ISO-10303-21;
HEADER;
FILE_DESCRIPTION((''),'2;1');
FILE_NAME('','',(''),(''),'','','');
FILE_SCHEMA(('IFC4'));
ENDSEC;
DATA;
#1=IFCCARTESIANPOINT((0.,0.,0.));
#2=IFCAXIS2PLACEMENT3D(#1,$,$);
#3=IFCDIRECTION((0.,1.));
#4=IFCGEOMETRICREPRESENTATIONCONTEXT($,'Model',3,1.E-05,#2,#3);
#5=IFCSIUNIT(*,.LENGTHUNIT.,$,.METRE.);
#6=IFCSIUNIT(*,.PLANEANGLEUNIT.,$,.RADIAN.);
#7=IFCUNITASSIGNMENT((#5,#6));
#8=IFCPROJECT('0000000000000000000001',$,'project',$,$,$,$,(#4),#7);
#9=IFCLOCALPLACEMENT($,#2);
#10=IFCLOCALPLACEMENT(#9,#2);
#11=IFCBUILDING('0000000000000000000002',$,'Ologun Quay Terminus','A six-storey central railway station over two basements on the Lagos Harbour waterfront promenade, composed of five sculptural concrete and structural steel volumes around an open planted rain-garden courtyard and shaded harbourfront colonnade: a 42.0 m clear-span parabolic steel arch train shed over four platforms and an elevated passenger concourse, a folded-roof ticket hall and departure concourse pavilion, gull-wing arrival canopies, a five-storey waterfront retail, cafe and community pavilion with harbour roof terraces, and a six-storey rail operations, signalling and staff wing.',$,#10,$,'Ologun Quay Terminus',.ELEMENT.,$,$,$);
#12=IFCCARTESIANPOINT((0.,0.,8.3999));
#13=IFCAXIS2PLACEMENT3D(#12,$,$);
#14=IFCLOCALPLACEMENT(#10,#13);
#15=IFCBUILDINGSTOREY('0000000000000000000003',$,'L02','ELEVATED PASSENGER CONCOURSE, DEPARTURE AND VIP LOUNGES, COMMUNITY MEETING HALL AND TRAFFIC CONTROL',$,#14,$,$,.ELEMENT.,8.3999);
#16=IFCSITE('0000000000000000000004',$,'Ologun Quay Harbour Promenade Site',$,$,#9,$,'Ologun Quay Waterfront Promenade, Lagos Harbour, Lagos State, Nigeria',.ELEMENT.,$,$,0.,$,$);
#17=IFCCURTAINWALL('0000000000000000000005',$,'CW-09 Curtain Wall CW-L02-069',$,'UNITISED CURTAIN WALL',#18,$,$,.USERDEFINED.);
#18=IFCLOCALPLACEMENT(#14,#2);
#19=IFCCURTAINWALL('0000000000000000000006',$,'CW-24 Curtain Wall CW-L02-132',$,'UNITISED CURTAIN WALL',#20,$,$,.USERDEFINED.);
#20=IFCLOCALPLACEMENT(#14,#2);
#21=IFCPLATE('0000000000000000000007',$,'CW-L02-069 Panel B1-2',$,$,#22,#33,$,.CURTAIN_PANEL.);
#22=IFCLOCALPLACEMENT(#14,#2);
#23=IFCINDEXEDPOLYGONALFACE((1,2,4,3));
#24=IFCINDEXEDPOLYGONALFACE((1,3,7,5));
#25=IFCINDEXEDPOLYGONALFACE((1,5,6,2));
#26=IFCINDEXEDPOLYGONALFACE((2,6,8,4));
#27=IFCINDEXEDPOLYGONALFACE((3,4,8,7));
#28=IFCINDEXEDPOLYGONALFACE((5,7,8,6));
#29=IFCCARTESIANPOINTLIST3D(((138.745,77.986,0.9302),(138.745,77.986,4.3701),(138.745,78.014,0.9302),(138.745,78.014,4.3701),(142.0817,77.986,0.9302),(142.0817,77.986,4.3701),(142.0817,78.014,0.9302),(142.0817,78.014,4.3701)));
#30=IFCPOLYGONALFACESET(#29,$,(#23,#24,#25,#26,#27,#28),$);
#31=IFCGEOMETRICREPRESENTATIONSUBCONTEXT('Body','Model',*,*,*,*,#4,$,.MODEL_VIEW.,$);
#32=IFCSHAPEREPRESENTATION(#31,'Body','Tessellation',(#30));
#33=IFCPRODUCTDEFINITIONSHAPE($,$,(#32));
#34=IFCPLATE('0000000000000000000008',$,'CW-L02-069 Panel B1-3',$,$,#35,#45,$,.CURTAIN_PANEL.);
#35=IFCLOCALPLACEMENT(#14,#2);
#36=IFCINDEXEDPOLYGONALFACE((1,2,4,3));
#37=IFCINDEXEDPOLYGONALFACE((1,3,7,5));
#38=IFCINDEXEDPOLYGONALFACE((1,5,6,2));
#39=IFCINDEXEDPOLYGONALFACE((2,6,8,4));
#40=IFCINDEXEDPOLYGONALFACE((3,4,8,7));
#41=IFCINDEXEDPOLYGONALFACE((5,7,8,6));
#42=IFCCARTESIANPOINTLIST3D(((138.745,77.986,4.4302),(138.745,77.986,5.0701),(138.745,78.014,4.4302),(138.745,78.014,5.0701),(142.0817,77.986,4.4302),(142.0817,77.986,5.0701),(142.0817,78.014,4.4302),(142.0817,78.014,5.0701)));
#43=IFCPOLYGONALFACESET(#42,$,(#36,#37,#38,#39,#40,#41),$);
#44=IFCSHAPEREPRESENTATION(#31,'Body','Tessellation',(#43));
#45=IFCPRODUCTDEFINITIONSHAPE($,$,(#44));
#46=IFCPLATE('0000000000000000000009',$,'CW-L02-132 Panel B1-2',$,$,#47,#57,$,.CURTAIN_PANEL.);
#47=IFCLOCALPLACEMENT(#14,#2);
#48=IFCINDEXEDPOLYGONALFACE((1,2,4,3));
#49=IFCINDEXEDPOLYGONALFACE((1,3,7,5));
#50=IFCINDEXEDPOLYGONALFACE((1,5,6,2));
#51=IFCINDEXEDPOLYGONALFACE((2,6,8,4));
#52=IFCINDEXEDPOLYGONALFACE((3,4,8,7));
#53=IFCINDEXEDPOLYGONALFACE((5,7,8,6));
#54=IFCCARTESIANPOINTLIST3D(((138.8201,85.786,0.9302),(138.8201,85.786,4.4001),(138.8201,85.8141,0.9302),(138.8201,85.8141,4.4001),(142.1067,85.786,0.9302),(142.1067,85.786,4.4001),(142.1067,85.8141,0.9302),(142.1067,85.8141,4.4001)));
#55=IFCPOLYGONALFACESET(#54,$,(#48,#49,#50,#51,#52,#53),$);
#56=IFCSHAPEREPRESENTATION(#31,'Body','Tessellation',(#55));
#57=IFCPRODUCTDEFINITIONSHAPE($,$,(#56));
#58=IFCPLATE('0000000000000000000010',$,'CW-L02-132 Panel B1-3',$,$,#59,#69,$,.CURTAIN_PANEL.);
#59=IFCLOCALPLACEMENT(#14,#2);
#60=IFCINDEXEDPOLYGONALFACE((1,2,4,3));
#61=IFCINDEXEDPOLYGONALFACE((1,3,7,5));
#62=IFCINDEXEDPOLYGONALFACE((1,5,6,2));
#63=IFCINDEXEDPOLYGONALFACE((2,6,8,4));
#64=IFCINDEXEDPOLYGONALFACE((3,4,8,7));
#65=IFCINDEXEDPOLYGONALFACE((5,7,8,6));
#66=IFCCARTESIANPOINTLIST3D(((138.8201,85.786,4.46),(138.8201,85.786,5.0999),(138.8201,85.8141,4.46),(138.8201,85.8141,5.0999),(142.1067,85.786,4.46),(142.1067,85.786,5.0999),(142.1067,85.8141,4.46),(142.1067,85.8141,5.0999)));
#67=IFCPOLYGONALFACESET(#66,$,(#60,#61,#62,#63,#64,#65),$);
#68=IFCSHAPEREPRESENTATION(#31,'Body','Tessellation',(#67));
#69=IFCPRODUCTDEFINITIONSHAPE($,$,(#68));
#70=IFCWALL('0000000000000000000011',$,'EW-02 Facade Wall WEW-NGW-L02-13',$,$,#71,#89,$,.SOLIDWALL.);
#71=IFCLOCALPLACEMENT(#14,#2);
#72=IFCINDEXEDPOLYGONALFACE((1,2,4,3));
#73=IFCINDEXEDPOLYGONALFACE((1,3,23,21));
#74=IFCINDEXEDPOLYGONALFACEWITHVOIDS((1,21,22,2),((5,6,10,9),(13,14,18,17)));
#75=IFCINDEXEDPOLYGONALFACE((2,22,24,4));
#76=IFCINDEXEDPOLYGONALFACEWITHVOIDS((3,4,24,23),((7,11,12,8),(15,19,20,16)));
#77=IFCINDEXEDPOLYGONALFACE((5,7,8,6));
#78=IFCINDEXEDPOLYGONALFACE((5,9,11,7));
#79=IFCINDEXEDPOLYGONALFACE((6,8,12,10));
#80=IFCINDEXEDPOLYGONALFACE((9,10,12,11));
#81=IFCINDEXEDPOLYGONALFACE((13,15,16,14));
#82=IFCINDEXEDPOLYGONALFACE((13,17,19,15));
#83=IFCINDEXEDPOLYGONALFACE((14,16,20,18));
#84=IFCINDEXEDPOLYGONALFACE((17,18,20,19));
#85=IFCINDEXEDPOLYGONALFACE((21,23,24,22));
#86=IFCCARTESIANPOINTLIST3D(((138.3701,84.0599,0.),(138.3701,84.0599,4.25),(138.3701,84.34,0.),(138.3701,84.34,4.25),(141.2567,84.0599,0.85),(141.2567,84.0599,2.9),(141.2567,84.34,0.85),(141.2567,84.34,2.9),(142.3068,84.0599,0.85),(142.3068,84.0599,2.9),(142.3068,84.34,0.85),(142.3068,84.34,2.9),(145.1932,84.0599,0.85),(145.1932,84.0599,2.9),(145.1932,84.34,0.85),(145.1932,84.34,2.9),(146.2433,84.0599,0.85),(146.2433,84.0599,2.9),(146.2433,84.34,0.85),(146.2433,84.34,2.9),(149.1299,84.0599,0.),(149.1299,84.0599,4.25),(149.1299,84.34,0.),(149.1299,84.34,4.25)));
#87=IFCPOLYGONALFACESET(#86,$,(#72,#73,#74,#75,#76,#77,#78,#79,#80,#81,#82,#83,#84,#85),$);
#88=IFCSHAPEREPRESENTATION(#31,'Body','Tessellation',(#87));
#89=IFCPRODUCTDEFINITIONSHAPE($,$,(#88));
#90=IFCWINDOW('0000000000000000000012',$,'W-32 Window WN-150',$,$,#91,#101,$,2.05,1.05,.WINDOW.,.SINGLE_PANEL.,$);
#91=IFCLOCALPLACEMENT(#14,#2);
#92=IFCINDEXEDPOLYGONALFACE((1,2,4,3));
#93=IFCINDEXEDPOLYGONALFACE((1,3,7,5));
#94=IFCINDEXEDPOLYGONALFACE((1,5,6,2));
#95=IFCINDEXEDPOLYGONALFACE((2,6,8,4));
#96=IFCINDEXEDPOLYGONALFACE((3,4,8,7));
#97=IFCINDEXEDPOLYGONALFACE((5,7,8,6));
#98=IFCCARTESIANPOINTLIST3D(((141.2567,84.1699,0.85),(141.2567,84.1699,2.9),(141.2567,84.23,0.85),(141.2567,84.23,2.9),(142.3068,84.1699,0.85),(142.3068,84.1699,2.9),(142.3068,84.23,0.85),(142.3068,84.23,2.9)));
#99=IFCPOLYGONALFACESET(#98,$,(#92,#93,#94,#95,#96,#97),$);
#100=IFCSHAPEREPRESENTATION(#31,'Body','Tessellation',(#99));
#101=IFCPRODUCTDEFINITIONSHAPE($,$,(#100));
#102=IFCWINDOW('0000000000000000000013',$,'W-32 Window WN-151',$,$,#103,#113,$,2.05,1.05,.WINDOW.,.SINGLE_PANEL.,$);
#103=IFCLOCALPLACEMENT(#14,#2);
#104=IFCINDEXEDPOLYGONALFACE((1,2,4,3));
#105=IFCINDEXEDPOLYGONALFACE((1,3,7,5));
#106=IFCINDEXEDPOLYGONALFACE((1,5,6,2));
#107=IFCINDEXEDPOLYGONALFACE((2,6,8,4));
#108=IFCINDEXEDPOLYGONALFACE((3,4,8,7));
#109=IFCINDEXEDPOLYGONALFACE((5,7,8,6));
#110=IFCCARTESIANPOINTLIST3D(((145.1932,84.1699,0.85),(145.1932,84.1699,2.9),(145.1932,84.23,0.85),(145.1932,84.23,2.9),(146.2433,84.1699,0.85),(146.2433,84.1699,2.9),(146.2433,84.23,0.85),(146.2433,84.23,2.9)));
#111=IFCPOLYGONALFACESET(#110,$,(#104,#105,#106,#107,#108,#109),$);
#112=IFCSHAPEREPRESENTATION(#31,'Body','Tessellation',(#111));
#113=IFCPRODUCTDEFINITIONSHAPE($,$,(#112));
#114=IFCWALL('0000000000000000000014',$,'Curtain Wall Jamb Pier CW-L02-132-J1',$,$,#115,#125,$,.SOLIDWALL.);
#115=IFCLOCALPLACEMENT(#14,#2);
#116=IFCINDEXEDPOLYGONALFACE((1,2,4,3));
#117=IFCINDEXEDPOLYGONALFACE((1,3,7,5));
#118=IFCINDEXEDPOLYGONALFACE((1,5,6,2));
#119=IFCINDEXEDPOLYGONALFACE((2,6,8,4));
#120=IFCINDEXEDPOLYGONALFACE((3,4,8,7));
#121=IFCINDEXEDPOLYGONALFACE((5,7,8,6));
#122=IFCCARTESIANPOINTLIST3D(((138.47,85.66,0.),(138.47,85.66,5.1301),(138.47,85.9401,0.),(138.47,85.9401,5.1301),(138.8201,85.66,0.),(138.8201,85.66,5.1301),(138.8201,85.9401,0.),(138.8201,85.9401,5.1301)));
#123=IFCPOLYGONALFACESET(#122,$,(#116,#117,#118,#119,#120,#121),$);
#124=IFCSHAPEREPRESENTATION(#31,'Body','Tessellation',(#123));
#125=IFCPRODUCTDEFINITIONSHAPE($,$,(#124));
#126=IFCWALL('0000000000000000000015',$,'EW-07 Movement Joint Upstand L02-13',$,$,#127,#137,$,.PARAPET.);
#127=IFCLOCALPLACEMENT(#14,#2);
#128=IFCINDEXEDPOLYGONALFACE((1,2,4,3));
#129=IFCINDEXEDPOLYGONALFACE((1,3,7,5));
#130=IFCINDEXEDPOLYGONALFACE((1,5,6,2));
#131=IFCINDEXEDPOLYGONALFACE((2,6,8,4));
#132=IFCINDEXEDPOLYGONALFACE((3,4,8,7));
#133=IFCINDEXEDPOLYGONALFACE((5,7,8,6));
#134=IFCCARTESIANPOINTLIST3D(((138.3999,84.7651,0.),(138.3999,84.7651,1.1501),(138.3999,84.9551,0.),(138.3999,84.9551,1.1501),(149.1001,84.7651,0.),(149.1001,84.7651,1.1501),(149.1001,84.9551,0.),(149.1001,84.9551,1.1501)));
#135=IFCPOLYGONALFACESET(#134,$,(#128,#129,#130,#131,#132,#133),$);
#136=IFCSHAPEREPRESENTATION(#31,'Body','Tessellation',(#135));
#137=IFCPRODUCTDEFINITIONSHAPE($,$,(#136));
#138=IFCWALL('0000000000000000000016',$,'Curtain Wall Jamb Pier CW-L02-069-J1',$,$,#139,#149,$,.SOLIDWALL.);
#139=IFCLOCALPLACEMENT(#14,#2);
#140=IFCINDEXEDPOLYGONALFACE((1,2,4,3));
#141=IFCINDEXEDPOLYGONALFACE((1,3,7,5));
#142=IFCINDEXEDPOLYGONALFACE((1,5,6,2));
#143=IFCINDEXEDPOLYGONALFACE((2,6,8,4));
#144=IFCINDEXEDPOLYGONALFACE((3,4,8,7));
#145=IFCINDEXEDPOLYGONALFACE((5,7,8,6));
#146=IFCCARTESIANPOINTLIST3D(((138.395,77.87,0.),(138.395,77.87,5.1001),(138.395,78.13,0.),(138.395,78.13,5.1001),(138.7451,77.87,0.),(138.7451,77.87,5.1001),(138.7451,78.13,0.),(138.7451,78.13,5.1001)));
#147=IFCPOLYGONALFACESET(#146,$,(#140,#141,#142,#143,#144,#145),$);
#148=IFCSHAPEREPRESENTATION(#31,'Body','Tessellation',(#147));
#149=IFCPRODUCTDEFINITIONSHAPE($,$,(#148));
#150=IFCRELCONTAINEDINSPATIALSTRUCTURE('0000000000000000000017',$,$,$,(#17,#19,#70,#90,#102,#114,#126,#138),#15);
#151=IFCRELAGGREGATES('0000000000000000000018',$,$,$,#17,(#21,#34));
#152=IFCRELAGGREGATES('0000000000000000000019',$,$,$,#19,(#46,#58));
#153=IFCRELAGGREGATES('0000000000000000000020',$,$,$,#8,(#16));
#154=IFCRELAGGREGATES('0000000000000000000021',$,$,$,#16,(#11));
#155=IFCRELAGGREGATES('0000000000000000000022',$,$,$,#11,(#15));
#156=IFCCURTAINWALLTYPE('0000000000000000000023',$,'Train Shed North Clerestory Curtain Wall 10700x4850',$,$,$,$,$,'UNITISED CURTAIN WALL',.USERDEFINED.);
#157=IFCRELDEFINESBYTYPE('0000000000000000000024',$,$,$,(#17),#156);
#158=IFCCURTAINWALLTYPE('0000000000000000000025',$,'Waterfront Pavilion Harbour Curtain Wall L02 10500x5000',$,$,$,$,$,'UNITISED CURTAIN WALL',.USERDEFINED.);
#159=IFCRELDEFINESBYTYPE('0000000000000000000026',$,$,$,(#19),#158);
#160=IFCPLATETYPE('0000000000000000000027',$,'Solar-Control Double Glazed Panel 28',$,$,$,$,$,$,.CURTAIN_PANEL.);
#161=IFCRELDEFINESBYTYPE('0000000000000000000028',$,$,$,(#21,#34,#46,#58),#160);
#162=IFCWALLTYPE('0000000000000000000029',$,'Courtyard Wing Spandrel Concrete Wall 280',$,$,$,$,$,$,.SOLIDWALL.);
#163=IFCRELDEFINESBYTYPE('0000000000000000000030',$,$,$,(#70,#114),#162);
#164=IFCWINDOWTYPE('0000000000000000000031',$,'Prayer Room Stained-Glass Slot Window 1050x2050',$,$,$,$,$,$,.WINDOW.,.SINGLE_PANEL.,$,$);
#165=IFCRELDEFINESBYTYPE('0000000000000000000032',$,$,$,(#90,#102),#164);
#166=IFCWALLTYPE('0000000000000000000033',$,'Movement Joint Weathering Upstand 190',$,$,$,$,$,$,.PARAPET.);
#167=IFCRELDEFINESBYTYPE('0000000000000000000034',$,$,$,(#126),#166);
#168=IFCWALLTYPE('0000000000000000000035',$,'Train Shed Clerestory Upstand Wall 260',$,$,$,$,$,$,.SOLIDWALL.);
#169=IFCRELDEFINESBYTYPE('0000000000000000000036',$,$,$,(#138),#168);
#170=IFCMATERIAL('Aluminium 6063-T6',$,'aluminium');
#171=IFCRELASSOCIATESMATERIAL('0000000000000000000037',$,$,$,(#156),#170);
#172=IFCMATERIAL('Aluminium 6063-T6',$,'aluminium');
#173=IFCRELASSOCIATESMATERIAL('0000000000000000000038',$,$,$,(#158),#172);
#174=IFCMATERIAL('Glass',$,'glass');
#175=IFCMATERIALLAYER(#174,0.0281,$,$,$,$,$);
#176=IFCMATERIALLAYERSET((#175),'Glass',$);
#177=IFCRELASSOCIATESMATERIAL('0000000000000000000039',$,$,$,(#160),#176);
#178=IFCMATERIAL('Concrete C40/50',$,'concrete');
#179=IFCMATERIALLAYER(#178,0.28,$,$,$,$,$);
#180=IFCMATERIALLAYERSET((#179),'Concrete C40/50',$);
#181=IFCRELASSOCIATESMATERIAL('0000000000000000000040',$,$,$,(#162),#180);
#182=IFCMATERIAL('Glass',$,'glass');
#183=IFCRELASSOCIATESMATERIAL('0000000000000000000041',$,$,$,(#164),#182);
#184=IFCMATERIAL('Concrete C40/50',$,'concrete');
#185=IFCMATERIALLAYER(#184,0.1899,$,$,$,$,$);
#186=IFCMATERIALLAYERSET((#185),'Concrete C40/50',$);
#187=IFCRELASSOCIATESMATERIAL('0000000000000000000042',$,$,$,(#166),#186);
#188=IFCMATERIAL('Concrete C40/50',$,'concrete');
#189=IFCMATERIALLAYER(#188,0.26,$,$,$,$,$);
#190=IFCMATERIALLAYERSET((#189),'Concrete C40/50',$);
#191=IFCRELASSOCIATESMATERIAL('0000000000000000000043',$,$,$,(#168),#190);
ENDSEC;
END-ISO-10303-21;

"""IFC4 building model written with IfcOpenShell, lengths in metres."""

from ifc_helpers import new_model, si_unit, direction, frame, frame_2d, origin, origin_2d, place, context, subcontext, project, spatial, rectangle, extrude, material, layer, layer_set, type_object, element, fill, aggregate, save


model = new_model("IFC4")

# Units and contexts
model_context = context("Model", 3, precision=1e-05, world=origin(), true_north=direction((0.0, 1.0)))
body_context = subcontext(model_context, "Body", "Model", "MODEL_VIEW")
ifc_project = project(units=[si_unit("LENGTHUNIT", "METRE"), si_unit("PLANEANGLEUNIT", "RADIAN")], contexts=[model_context])

# Site, building, storey
site_placement = place(None, origin())
site = spatial("IfcSite", under=ifc_project, at=site_placement, Name="Ologun Quay Harbour Promenade Site", LongName="Ologun Quay Waterfront Promenade, Lagos Harbour, Lagos State, Nigeria", CompositionType="ELEMENT", RefElevation=0.0)
building_placement = place(site_placement, origin())
building = spatial("IfcBuilding", under=site, at=building_placement, Name="Ologun Quay Terminus", Description="A six-storey central railway station over two basements on the Lagos Harbour waterfront promenade, composed of five sculptural concrete and structural steel volumes around an open planted rain-garden courtyard and shaded harbourfront colonnade: a 42.0 m clear-span parabolic steel arch train shed over four platforms and an elevated passenger concourse, a folded-roof ticket hall and departure concourse pavilion, gull-wing arrival canopies, a five-storey waterfront retail, cafe and community pavilion with harbour roof terraces, and a six-storey rail operations, signalling and staff wing.", LongName="Ologun Quay Terminus", CompositionType="ELEMENT")
storey_placement = place(building_placement, frame((0.0, 0.0, 8.3999)))
storey = spatial("IfcBuildingStorey", under=building, at=storey_placement, Name="L02", Description="ELEVATED PASSENGER CONCOURSE, DEPARTURE AND VIP LOUNGES, COMMUNITY MEETING HALL AND TRAFFIC CONTROL", CompositionType="ELEMENT", Elevation=8.3999)

# Curtain walls
ifc_material_1 = material(Name="Aluminium 6063-T6", Category="aluminium")
curtain_wall_type_1 = type_object("IfcCurtainWallType", Name="Train Shed North Clerestory Curtain Wall 10700x4850", ElementType="UNITISED CURTAIN WALL", PredefinedType="USERDEFINED", material=ifc_material_1)
curtain_wall_1_placement = place(storey_placement, origin())
curtain_wall_1 = element("IfcCurtainWall", 1, at=curtain_wall_1_placement, inside=storey, type_object=curtain_wall_type_1, Name="CW-09 Curtain Wall CW-L02-069", ObjectType="UNITISED CURTAIN WALL", PredefinedType="USERDEFINED")
ifc_material_2 = material(Name="Aluminium 6063-T6", Category="aluminium")
curtain_wall_type_2 = type_object("IfcCurtainWallType", Name="Waterfront Pavilion Harbour Curtain Wall L02 10500x5000", ElementType="UNITISED CURTAIN WALL", PredefinedType="USERDEFINED", material=ifc_material_2)
curtain_wall_2_placement = place(storey_placement, origin())
curtain_wall_2 = element("IfcCurtainWall", 2, at=curtain_wall_2_placement, inside=storey, type_object=curtain_wall_type_2, Name="CW-24 Curtain Wall CW-L02-132", ObjectType="UNITISED CURTAIN WALL", PredefinedType="USERDEFINED")

# Plates
ifc_material_3 = material(Name="Glass", Category="glass")
ifc_layer_1 = layer(ifc_material_3, 0.0281)
ifc_layer_set_1 = layer_set([ifc_layer_1], Name="Glass")
plate_type_1 = type_object("IfcPlateType", Name="Solar-Control Double Glazed Panel 28", PredefinedType="CURTAIN_PANEL", material=ifc_layer_set_1)
plate_1_placement = place(storey_placement, frame((140.4133, 78.0, 0.9302), z_axis=(0.0, 0.0, 1.0), x_axis=(1.0, 0.0, 0.0)))
plate_1 = element("IfcPlate", 3, at=plate_1_placement, type_object=plate_type_1, Name="CW-L02-069 Panel B1-2", PredefinedType="CURTAIN_PANEL", context=body_context, shape_type="SweptSolid", body=[
    extrude(rectangle(XDim=3.3367, YDim=0.0281, at=origin_2d()), origin(), (0.0, 0.0, 1.0), 3.4399),
])
plate_2_placement = place(storey_placement, frame((140.4133, 78.0, 4.4302), z_axis=(0.0, 0.0, 1.0), x_axis=(1.0, 0.0, 0.0)))
plate_2 = element("IfcPlate", 4, at=plate_2_placement, type_object=plate_type_1, Name="CW-L02-069 Panel B1-3", PredefinedType="CURTAIN_PANEL", context=body_context, shape_type="SweptSolid", body=[
    extrude(rectangle(XDim=3.3367, YDim=0.0281, at=origin_2d()), origin(), (0.0, 0.0, 1.0), 0.6399),
])
aggregate(curtain_wall_1, [plate_1, plate_2])
plate_3_placement = place(storey_placement, frame((140.4634, 85.8, 0.9302), z_axis=(0.0, 0.0, 1.0), x_axis=(1.0, 0.0, 0.0)))
plate_3 = element("IfcPlate", 5, at=plate_3_placement, type_object=plate_type_1, Name="CW-L02-132 Panel B1-2", PredefinedType="CURTAIN_PANEL", context=body_context, shape_type="SweptSolid", body=[
    extrude(rectangle(XDim=3.2866, YDim=0.0281, at=origin_2d()), origin(), (0.0, 0.0, 1.0), 3.47),
])
plate_4_placement = place(storey_placement, frame((140.4634, 85.8, 4.46), z_axis=(0.0, 0.0, 1.0), x_axis=(1.0, 0.0, 0.0)))
plate_4 = element("IfcPlate", 6, at=plate_4_placement, type_object=plate_type_1, Name="CW-L02-132 Panel B1-3", PredefinedType="CURTAIN_PANEL", context=body_context, shape_type="SweptSolid", body=[
    extrude(rectangle(XDim=3.2866, YDim=0.0281, at=origin_2d()), origin(), (0.0, 0.0, 1.0), 0.6399),
])
aggregate(curtain_wall_2, [plate_3, plate_4])

# Wall, openings, windows
ifc_material_4 = material(Name="Concrete C40/50", Category="concrete")
ifc_layer_2 = layer(ifc_material_4, 0.28)
ifc_layer_set_2 = layer_set([ifc_layer_2], Name="Concrete C40/50")
wall_type_1 = type_object("IfcWallType", Name="Courtyard Wing Spandrel Concrete Wall 280", PredefinedType="SOLIDWALL", material=ifc_layer_set_2)
wall_1_placement = place(storey_placement, frame((138.3701, 84.2, 0.0), z_axis=(0.0, 0.0, 1.0), x_axis=(1.0, 0.0, 0.0)))
wall_1 = element("IfcWall", 7, at=wall_1_placement, inside=storey, type_object=wall_type_1, Name="EW-02 Facade Wall WEW-NGW-L02-13", PredefinedType="SOLIDWALL", context=body_context, shape_type="SweptSolid", body=[
    extrude(rectangle(XDim=10.7598, YDim=0.28, at=frame_2d((5.3799, 0.0))), origin(), (0.0, 0.0, 1.0), 4.25),
])
opening_1_placement = place(wall_1_placement, frame((2.8867, 0.0, 0.8501)))
opening_1 = element("IfcOpeningElement", 8, at=opening_1_placement, cuts=wall_1, PredefinedType="OPENING", context=body_context, shape_type="SweptSolid", body=[
    extrude(rectangle(XDim=1.05, YDim=2.05, at=frame_2d((0.5249, 1.0249))), frame((0.0, 0.1499, 0.0), z_axis=(0.0, -1.0, 0.0), x_axis=(1.0, 0.0, 0.0)), (0.0, 0.0, 1.0), 0.3),
])
opening_2_placement = place(wall_1_placement, frame((6.8232, 0.0, 0.8501)))
opening_2 = element("IfcOpeningElement", 9, at=opening_2_placement, cuts=wall_1, PredefinedType="OPENING", context=body_context, shape_type="SweptSolid", body=[
    extrude(rectangle(XDim=1.05, YDim=2.05, at=frame_2d((0.5249, 1.0249))), frame((0.0, 0.1499, 0.0), z_axis=(0.0, -1.0, 0.0), x_axis=(1.0, 0.0, 0.0)), (0.0, 0.0, 1.0), 0.3),
])
ifc_material_5 = material(Name="Glass", Category="glass")
window_type = type_object("IfcWindowType", Name="Prayer Room Stained-Glass Slot Window 1050x2050", PartitioningType="SINGLE_PANEL", PredefinedType="WINDOW", material=ifc_material_5)
window_1_placement = place(opening_1_placement, origin())
window_1 = element("IfcWindow", 10, at=window_1_placement, inside=storey, type_object=window_type, Name="W-32 Window WN-150", OverallHeight=2.05, OverallWidth=1.05, PartitioningType="SINGLE_PANEL", PredefinedType="WINDOW", context=body_context, shape_type="SweptSolid", body=[
    extrude(rectangle(XDim=1.05, YDim=2.05, at=frame_2d((0.5249, 1.0249))), frame((0.0, 0.03, 0.0), z_axis=(0.0, -1.0, 0.0), x_axis=(1.0, 0.0, 0.0)), (0.0, 0.0, 1.0), 0.0601),
])
fill(opening_1, window_1)
window_2_placement = place(opening_2_placement, origin())
window_2 = element("IfcWindow", 11, at=window_2_placement, inside=storey, type_object=window_type, Name="W-32 Window WN-151", OverallHeight=2.05, OverallWidth=1.05, PartitioningType="SINGLE_PANEL", PredefinedType="WINDOW", context=body_context, shape_type="SweptSolid", body=[
    extrude(rectangle(XDim=1.05, YDim=2.05, at=frame_2d((0.5249, 1.0249))), frame((0.0, 0.03, 0.0), z_axis=(0.0, -1.0, 0.0), x_axis=(1.0, 0.0, 0.0)), (0.0, 0.0, 1.0), 0.0601),
])
fill(opening_2, window_2)

# Walls
wall_2_placement = place(storey_placement, frame((138.47, 85.8, 0.0), z_axis=(0.0, 0.0, 1.0), x_axis=(1.0, 0.0, 0.0)))
element("IfcWall", 12, at=wall_2_placement, inside=storey, type_object=wall_type_1, Name="Curtain Wall Jamb Pier CW-L02-132-J1", PredefinedType="SOLIDWALL", context=body_context, shape_type="SweptSolid", body=[
    extrude(rectangle(XDim=0.3501, YDim=0.28, at=frame_2d((0.175, 0.0))), origin(), (0.0, 0.0, 1.0), 5.1301),
])
ifc_material_6 = material(Name="Concrete C40/50", Category="concrete")
ifc_layer_3 = layer(ifc_material_6, 0.1899)
ifc_layer_set_3 = layer_set([ifc_layer_3], Name="Concrete C40/50")
wall_type_2 = type_object("IfcWallType", Name="Movement Joint Weathering Upstand 190", PredefinedType="PARAPET", material=ifc_layer_set_3)
wall_3_placement = place(storey_placement, frame((138.3999, 84.8601, 0.0), z_axis=(0.0, 0.0, 1.0), x_axis=(1.0, 0.0, 0.0)))
element("IfcWall", 13, at=wall_3_placement, inside=storey, type_object=wall_type_2, Name="EW-07 Movement Joint Upstand L02-13", PredefinedType="PARAPET", context=body_context, shape_type="SweptSolid", body=[
    extrude(rectangle(XDim=10.7002, YDim=0.1899, at=frame_2d((5.3501, 0.0))), origin(), (0.0, 0.0, 1.0), 1.1501),
])
ifc_material_7 = material(Name="Concrete C40/50", Category="concrete")
ifc_layer_4 = layer(ifc_material_7, 0.26)
ifc_layer_set_4 = layer_set([ifc_layer_4], Name="Concrete C40/50")
wall_type_3 = type_object("IfcWallType", Name="Train Shed Clerestory Upstand Wall 260", PredefinedType="SOLIDWALL", material=ifc_layer_set_4)
wall_4_placement = place(storey_placement, frame((138.395, 78.0, 0.0), z_axis=(0.0, 0.0, 1.0), x_axis=(1.0, 0.0, 0.0)))
element("IfcWall", 14, at=wall_4_placement, inside=storey, type_object=wall_type_3, Name="Curtain Wall Jamb Pier CW-L02-069-J1", PredefinedType="SOLIDWALL", context=body_context, shape_type="SweptSolid", body=[
    extrude(rectangle(XDim=0.3501, YDim=0.26, at=frame_2d((0.175, 0.0))), origin(), (0.0, 0.0, 1.0), 5.1001),
])

save(model, "model.ifc")
